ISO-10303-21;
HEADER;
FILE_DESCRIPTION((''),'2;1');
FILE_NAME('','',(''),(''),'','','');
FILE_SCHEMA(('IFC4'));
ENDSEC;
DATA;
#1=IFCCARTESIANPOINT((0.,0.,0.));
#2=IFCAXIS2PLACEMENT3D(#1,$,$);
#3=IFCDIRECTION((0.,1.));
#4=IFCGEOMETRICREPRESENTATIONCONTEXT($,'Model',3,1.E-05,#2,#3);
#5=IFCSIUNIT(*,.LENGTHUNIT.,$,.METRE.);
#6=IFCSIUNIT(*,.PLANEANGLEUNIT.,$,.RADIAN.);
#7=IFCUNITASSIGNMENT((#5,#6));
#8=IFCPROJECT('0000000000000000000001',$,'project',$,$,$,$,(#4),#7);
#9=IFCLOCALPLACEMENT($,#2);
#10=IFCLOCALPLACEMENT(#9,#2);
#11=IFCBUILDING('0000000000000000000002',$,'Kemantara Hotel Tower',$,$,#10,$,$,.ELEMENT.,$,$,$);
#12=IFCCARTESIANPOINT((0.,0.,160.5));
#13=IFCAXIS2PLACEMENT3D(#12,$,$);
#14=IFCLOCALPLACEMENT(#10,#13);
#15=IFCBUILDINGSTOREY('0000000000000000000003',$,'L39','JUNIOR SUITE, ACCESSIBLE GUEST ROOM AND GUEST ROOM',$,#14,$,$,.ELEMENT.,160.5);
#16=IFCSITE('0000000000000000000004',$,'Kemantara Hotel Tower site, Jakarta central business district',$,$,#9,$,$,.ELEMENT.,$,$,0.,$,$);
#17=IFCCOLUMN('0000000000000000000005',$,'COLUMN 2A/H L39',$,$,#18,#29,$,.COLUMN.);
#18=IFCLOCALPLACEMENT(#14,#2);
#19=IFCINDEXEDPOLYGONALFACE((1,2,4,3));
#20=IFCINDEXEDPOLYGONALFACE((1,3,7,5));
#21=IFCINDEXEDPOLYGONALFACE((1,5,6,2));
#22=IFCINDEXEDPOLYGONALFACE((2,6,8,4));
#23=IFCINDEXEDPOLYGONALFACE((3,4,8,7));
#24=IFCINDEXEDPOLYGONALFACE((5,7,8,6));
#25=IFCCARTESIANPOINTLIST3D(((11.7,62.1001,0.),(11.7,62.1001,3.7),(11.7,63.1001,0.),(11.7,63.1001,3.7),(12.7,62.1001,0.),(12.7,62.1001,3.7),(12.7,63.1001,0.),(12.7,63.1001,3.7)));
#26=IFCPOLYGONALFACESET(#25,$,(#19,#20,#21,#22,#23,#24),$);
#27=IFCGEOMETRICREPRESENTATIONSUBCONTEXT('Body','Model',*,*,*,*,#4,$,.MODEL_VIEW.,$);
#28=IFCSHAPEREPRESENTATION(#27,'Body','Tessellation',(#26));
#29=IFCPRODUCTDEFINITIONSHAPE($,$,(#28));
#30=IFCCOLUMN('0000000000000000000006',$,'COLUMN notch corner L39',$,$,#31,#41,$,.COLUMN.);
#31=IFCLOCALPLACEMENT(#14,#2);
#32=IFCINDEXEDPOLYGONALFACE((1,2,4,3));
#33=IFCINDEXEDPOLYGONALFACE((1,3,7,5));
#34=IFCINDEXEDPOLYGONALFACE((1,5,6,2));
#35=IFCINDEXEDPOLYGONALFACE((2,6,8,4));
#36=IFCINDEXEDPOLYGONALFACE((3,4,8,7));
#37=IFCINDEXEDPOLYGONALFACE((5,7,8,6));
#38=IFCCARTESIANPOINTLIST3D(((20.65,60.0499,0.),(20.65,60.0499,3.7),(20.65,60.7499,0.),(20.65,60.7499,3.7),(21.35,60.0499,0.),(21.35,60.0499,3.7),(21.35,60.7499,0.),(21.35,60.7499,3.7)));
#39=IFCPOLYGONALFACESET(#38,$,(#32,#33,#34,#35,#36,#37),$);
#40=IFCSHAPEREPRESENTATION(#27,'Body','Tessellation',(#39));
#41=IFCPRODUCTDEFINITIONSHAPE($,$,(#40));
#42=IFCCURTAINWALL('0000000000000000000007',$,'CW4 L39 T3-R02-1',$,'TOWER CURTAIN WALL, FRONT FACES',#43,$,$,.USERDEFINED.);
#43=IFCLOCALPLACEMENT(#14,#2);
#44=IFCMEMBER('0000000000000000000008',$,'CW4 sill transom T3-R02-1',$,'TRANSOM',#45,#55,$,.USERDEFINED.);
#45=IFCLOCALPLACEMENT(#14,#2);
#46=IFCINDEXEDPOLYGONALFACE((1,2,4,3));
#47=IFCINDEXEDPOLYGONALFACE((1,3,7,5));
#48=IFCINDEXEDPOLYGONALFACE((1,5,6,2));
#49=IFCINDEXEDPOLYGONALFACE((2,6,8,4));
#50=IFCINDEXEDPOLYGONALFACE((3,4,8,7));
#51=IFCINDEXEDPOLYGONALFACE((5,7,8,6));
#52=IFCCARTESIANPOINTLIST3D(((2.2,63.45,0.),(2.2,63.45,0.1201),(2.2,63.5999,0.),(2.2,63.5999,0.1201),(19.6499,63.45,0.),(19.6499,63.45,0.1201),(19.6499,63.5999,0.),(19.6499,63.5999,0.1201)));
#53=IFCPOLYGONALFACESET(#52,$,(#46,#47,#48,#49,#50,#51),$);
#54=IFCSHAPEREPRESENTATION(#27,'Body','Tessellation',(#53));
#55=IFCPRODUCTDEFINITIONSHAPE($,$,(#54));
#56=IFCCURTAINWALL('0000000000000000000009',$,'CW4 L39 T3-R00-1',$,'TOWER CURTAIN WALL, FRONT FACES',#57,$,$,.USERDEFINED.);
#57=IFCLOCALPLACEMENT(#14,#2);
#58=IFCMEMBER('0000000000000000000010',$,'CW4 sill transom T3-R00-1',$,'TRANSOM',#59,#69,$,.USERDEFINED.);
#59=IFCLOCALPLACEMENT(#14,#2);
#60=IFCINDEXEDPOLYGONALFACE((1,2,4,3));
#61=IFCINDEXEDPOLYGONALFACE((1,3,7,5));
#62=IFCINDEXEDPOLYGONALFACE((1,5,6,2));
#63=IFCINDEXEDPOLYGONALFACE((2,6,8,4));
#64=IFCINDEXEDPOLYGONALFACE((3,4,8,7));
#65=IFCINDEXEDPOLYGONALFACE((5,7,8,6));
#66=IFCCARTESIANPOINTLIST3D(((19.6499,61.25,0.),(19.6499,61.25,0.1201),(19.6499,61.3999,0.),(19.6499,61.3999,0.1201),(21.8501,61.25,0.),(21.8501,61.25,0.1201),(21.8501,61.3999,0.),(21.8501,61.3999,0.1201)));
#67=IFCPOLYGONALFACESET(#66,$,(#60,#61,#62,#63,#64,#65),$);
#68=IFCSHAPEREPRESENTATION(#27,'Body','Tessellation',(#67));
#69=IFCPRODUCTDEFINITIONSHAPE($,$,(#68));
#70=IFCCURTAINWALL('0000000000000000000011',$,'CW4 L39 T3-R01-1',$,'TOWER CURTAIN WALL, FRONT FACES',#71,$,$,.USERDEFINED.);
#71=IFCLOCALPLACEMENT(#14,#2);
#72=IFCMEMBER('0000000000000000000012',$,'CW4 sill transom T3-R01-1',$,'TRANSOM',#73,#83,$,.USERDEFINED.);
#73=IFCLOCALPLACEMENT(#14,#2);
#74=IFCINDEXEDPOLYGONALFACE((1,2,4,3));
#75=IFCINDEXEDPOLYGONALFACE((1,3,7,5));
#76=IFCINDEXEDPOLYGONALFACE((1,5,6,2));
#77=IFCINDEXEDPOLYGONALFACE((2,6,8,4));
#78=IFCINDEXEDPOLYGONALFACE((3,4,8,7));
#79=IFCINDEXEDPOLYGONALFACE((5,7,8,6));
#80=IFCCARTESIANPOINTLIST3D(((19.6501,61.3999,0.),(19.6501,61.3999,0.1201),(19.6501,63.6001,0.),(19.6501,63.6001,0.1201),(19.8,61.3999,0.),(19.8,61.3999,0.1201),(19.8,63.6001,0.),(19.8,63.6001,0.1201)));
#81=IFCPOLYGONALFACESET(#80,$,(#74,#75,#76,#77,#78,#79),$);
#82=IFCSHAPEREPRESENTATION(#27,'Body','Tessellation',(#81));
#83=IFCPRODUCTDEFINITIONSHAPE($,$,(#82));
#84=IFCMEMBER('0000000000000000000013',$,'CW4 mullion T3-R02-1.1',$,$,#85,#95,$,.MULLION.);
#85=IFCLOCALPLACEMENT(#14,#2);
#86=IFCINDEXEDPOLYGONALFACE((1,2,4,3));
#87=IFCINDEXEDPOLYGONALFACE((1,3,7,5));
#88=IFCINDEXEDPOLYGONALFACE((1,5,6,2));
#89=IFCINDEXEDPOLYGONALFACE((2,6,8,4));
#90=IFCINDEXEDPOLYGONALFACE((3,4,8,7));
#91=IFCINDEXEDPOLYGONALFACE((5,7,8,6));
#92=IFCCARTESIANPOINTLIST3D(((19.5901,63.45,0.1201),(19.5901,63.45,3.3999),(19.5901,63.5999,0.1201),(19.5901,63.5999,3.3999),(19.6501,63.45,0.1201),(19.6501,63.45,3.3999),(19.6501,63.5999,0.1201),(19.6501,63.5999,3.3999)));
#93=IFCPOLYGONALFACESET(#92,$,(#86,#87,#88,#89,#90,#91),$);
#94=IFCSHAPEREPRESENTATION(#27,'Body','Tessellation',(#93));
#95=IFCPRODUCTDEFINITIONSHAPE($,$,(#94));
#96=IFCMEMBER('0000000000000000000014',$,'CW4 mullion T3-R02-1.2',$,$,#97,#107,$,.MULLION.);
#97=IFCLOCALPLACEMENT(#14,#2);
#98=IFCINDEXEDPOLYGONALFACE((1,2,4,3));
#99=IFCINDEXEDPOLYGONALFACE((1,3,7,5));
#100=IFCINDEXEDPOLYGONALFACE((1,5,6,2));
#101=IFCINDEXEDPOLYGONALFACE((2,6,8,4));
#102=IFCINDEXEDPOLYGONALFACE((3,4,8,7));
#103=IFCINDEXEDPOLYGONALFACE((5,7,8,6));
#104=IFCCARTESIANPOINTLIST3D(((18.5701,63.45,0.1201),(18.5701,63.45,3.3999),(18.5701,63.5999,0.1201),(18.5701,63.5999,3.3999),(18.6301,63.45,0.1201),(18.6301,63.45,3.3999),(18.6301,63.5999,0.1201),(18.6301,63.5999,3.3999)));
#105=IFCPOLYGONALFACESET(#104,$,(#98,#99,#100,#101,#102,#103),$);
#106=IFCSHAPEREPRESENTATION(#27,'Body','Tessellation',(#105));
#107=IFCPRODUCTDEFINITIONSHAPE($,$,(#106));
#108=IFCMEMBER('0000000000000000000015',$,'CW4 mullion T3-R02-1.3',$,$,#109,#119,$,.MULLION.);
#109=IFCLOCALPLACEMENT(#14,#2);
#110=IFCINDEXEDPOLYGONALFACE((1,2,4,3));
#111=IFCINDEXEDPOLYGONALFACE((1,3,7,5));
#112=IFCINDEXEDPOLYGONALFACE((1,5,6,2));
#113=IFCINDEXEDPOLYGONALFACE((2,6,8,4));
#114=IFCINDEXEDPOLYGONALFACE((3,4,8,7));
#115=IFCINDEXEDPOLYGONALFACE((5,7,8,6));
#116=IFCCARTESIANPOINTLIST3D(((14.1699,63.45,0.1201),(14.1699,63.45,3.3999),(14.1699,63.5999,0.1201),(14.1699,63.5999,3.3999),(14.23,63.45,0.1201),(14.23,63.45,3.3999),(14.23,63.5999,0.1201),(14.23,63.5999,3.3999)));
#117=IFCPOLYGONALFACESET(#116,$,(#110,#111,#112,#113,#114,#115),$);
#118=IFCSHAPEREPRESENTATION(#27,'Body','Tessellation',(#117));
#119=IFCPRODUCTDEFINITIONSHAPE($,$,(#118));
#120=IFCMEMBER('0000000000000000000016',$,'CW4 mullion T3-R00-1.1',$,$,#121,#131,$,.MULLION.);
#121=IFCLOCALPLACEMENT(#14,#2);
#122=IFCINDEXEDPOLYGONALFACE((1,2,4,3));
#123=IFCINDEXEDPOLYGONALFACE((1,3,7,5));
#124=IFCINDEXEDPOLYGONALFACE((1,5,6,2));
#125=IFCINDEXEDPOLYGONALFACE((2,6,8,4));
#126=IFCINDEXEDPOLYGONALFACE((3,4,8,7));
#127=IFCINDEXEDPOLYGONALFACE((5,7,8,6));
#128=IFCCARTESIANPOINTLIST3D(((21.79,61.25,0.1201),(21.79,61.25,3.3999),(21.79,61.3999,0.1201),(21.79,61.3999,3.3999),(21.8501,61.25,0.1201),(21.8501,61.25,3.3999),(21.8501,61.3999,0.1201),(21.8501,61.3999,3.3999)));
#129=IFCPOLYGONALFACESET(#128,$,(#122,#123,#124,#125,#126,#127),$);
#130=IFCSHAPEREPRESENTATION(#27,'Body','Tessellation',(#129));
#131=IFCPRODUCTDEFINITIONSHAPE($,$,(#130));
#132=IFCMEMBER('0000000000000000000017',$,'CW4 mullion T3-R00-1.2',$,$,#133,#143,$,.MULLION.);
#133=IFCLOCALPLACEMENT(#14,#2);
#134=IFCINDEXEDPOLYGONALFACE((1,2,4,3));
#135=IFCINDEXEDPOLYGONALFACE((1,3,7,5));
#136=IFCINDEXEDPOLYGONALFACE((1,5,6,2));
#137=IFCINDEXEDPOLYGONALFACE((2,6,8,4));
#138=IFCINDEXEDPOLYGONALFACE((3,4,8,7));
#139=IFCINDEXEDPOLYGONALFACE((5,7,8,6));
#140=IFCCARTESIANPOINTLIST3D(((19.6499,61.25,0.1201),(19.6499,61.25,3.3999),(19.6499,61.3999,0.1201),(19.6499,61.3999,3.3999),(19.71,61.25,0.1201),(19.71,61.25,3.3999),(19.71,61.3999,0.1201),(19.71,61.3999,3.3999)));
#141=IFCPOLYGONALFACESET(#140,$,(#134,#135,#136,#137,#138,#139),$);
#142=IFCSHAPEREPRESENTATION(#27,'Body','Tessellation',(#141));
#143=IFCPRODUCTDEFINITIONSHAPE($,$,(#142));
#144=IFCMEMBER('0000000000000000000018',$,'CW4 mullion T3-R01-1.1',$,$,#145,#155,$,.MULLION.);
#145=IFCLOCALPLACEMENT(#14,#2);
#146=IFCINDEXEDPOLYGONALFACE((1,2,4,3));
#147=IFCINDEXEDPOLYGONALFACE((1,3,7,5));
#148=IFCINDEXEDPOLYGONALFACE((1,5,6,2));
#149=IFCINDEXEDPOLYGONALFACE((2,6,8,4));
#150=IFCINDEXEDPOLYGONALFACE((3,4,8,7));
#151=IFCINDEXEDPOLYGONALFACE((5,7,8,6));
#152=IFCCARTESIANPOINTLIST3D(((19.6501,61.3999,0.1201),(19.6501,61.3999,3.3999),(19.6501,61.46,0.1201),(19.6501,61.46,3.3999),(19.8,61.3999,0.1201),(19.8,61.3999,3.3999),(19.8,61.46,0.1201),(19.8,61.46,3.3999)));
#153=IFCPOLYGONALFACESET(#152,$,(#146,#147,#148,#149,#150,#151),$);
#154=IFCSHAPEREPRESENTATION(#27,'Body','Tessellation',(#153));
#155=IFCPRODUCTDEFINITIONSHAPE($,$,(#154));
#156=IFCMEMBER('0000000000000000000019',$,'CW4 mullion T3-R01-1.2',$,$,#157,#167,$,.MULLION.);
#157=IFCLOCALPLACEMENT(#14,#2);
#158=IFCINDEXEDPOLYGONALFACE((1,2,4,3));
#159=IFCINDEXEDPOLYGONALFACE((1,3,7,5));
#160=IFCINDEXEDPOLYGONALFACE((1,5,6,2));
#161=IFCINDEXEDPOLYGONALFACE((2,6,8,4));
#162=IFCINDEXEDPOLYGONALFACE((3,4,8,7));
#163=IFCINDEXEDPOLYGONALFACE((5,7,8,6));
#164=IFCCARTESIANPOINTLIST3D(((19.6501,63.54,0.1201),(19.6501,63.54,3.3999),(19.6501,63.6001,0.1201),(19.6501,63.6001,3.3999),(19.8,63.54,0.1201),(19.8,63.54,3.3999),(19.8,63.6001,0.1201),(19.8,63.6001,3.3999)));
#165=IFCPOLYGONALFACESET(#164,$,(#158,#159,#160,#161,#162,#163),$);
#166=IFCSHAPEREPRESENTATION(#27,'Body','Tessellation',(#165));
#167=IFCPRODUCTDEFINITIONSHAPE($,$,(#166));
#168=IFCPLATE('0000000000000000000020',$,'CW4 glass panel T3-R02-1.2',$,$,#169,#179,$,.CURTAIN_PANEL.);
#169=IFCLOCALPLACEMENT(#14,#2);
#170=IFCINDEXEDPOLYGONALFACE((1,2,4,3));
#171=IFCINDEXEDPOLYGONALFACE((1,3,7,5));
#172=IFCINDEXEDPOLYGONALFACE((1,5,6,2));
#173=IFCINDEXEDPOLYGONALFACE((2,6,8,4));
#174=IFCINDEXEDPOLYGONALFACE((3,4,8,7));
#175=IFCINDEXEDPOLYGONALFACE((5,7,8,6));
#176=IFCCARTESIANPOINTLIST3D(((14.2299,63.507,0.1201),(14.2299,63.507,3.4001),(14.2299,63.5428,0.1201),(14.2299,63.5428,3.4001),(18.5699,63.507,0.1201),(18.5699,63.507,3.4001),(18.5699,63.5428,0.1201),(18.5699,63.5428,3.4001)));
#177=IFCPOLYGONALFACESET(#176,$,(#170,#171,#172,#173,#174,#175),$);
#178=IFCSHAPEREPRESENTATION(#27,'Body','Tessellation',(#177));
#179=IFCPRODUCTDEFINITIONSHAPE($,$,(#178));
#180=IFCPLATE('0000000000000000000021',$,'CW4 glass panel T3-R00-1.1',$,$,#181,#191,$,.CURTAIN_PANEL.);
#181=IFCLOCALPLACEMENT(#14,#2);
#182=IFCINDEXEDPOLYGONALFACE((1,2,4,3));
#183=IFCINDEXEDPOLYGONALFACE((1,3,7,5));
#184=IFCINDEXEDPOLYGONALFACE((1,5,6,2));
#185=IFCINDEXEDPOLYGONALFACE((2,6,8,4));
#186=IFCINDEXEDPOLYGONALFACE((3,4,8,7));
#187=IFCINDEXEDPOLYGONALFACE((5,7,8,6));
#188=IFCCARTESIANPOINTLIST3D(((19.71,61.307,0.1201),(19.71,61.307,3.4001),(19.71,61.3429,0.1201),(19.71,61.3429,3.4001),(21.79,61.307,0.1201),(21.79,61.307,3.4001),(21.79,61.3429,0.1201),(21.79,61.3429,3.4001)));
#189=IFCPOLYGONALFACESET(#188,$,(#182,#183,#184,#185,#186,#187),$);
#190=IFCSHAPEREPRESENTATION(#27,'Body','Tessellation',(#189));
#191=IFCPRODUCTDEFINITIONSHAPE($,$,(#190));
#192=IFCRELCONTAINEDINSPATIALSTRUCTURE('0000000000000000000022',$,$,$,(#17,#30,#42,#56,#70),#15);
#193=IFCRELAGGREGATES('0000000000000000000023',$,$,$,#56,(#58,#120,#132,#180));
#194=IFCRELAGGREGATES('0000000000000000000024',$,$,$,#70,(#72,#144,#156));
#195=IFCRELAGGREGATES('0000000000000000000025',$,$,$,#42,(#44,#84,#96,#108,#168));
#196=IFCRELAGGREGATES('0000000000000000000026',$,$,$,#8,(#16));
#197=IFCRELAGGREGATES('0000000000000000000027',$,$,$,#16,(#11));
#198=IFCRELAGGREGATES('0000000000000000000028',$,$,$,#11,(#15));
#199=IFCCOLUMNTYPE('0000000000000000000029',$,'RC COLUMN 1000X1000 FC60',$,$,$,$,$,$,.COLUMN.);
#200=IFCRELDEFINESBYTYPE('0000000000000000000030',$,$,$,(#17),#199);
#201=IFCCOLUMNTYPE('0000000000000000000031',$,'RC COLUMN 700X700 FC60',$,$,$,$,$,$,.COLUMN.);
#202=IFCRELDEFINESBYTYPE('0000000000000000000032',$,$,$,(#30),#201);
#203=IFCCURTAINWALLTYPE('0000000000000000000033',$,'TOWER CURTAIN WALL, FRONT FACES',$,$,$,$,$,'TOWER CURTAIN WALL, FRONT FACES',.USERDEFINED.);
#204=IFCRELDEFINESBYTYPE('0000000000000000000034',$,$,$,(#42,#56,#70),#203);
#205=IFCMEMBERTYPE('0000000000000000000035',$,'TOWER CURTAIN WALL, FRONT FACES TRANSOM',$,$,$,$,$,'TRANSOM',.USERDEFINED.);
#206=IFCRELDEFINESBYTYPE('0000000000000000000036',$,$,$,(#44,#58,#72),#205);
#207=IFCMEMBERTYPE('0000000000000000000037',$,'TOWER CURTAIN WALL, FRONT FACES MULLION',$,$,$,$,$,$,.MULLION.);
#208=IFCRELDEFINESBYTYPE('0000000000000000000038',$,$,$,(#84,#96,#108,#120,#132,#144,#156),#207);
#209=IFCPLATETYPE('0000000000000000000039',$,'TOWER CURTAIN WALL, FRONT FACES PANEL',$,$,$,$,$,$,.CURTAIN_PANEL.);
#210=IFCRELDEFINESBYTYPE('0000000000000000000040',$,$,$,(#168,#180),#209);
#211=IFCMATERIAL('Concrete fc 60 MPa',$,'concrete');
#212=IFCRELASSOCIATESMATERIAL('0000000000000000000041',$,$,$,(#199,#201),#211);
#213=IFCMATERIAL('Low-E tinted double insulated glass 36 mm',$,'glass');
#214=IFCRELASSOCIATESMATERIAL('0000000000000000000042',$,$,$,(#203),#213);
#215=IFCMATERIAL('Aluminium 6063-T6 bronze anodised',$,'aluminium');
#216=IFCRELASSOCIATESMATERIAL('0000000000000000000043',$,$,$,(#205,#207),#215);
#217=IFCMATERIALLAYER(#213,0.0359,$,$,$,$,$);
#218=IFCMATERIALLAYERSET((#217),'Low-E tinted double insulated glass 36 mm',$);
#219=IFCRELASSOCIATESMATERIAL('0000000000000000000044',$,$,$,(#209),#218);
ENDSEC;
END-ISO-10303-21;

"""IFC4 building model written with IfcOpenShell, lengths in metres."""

from ifc_helpers import new_model, si_unit, direction, frame, origin, origin_2d, place, context, subcontext, project, spatial, rectangle, extrude, source, transform, mapped, material, layer, layer_set, material_profile, profile_set, type_object, element, aggregate, save


model = new_model("IFC4")

# Units and contexts
model_context = context("Model", 3, precision=1e-05, world=origin(), true_north=direction((0.0, 1.0)))
body_context = subcontext(model_context, "Body", "Model", "MODEL_VIEW")
ifc_project = project(units=[si_unit("LENGTHUNIT", "METRE"), si_unit("PLANEANGLEUNIT", "RADIAN")], contexts=[model_context])

# Site, building, storey
site_placement = place(None, origin())
site = spatial("IfcSite", under=ifc_project, at=site_placement, Name="Kemantara Hotel Tower site, Jakarta central business district", CompositionType="ELEMENT", RefElevation=0.0)
building_placement = place(site_placement, origin())
building = spatial("IfcBuilding", under=site, at=building_placement, Name="Kemantara Hotel Tower", CompositionType="ELEMENT")
storey_placement = place(building_placement, frame((0.0, 0.0, 160.5)))
storey = spatial("IfcBuildingStorey", under=building, at=storey_placement, Name="L39", Description="JUNIOR SUITE, ACCESSIBLE GUEST ROOM AND GUEST ROOM", CompositionType="ELEMENT", Elevation=160.5)

# Columns
ifc_material_1 = material(Name="Concrete fc 60 MPa", Category="concrete")
ifc_material_profile_1 = material_profile(ifc_material_1, rectangle(XDim=1.0, YDim=1.0, at=origin_2d()), Name="RC 1000X1000")
ifc_profile_set_1 = profile_set([ifc_material_profile_1], Name="Concrete fc 60 MPa")
column_type_1 = type_object("IfcColumnType", Name="RC COLUMN 1000X1000 FC60", PredefinedType="COLUMN", material=ifc_profile_set_1)
column_1_placement = place(storey_placement, frame((12.2, 62.6001, 0.0), z_axis=(0.0, 0.0, 1.0), x_axis=(1.0, 0.0, 0.0)))
element("IfcColumn", 1, at=column_1_placement, inside=storey, type_object=column_type_1, Name="COLUMN 2A/H L39", PredefinedType="COLUMN", context=body_context, shape_type="SweptSolid", body=[
    extrude(rectangle(XDim=1.0, YDim=1.0, at=origin_2d()), origin(), (0.0, 0.0, 1.0), 3.7),
])
ifc_material_profile_2 = material_profile(ifc_material_1, rectangle(XDim=0.7, YDim=0.7, at=origin_2d()), Name="RC 700X700")
ifc_profile_set_2 = profile_set([ifc_material_profile_2], Name="Concrete fc 60 MPa")
column_type_2 = type_object("IfcColumnType", Name="RC COLUMN 700X700 FC60", PredefinedType="COLUMN", material=ifc_profile_set_2)
column_2_placement = place(storey_placement, frame((21.0, 60.3999, 0.0), z_axis=(0.0, 0.0, 1.0), x_axis=(1.0, 0.0, 0.0)))
element("IfcColumn", 2, at=column_2_placement, inside=storey, type_object=column_type_2, Name="COLUMN notch corner L39", PredefinedType="COLUMN", context=body_context, shape_type="SweptSolid", body=[
    extrude(rectangle(XDim=0.7, YDim=0.7, at=origin_2d()), origin(), (0.0, 0.0, 1.0), 3.7),
])

# Curtain walls, members
ifc_material_2 = material(Name="Low-E tinted double insulated glass 36 mm", Category="glass")
curtain_wall_type = type_object("IfcCurtainWallType", Name="TOWER CURTAIN WALL, FRONT FACES", ElementType="TOWER CURTAIN WALL, FRONT FACES", PredefinedType="USERDEFINED", material=ifc_material_2)
curtain_wall_1_placement = place(storey_placement, origin())
curtain_wall_1 = element("IfcCurtainWall", 3, at=curtain_wall_1_placement, inside=storey, type_object=curtain_wall_type, Name="CW4 L39 T3-R02-1", ObjectType="TOWER CURTAIN WALL, FRONT FACES", PredefinedType="USERDEFINED")
ifc_material_3 = material(Name="Aluminium 6063-T6 bronze anodised", Category="aluminium")
ifc_material_profile_3 = material_profile(ifc_material_3, rectangle(XDim=0.1499, YDim=0.1201, at=origin_2d()), Name="TOWER CURTAIN WALL, FRONT FACES TRANSOM")
ifc_profile_set_3 = profile_set([ifc_material_profile_3], Name="Aluminium 6063-T6 bronze anodised")
member_type_1 = type_object("IfcMemberType", Name="TOWER CURTAIN WALL, FRONT FACES TRANSOM", ElementType="TRANSOM", PredefinedType="USERDEFINED", material=ifc_profile_set_3)
member_1_placement = place(storey_placement, frame((19.6499, 63.5249, 0.0601), z_axis=(-1.0, 0.0, 0.0), x_axis=(0.0, -1.0, 0.0)))
member_1 = element("IfcMember", 4, at=member_1_placement, type_object=member_type_1, Name="CW4 sill transom T3-R02-1", ObjectType="TRANSOM", PredefinedType="USERDEFINED", context=body_context, shape_type="SweptSolid", body=[
    extrude(rectangle(XDim=0.1499, YDim=0.1201, at=origin_2d()), origin(), (0.0, 0.0, 1.0), 17.45),
])
curtain_wall_2_placement = place(storey_placement, origin())
curtain_wall_2 = element("IfcCurtainWall", 5, at=curtain_wall_2_placement, inside=storey, type_object=curtain_wall_type, Name="CW4 L39 T3-R00-1", ObjectType="TOWER CURTAIN WALL, FRONT FACES", PredefinedType="USERDEFINED")
member_2_placement = place(storey_placement, frame((21.8501, 61.325, 0.0601), z_axis=(-1.0, 0.0, 0.0), x_axis=(0.0, -1.0, 0.0)))
member_2 = element("IfcMember", 6, at=member_2_placement, type_object=member_type_1, Name="CW4 sill transom T3-R00-1", ObjectType="TRANSOM", PredefinedType="USERDEFINED", context=body_context, shape_type="SweptSolid", body=[
    extrude(rectangle(XDim=0.1499, YDim=0.1201, at=origin_2d()), origin(), (0.0, 0.0, 1.0), 2.2002),
])
curtain_wall_3_placement = place(storey_placement, origin())
curtain_wall_3 = element("IfcCurtainWall", 7, at=curtain_wall_3_placement, inside=storey, type_object=curtain_wall_type, Name="CW4 L39 T3-R01-1", ObjectType="TOWER CURTAIN WALL, FRONT FACES", PredefinedType="USERDEFINED")
member_3_placement = place(storey_placement, frame((19.7251, 61.3999, 0.0601), z_axis=(0.0, 1.0, 0.0), x_axis=(-1.0, 0.0, 0.0)))
member_3 = element("IfcMember", 8, at=member_3_placement, type_object=member_type_1, Name="CW4 sill transom T3-R01-1", ObjectType="TRANSOM", PredefinedType="USERDEFINED", context=body_context, shape_type="SweptSolid", body=[
    extrude(rectangle(XDim=0.1499, YDim=0.1201, at=origin_2d()), origin(), (0.0, 0.0, 1.0), 2.2002),
])

# Members
ifc_material_profile_4 = material_profile(ifc_material_3, rectangle(XDim=0.1499, YDim=0.0601, at=origin_2d()), Name="TOWER CURTAIN WALL, FRONT FACES MULLION")
ifc_profile_set_4 = profile_set([ifc_material_profile_4], Name="Aluminium 6063-T6 bronze anodised")
member_type_2 = type_object("IfcMemberType", Name="TOWER CURTAIN WALL, FRONT FACES MULLION", PredefinedType="MULLION", material=ifc_profile_set_4)
shared_shape_1 = source(origin(), body_context, "Body", "SweptSolid", [
    extrude(rectangle(XDim=0.1499, YDim=0.0601, at=origin_2d()), origin(), (0.0, 0.0, 1.0), 3.2798),
])
member_4_placement = place(storey_placement, frame((19.6201, 63.5249, 0.1201), z_axis=(0.0, 0.0, 1.0), x_axis=(0.0, -1.0, 0.0)))
member_4 = element("IfcMember", 9, at=member_4_placement, type_object=member_type_2, Name="CW4 mullion T3-R02-1.1", PredefinedType="MULLION", context=body_context, shape_type="MappedRepresentation", body=[
    mapped(shared_shape_1, transform((0.0, 0.0, 0.0))),
])
member_5_placement = place(storey_placement, frame((18.6001, 63.5249, 0.1201), z_axis=(0.0, 0.0, 1.0), x_axis=(0.0, -1.0, 0.0)))
member_5 = element("IfcMember", 10, at=member_5_placement, type_object=member_type_2, Name="CW4 mullion T3-R02-1.2", PredefinedType="MULLION", context=body_context, shape_type="MappedRepresentation", body=[
    mapped(shared_shape_1, transform((0.0, 0.0, 0.0))),
])
member_6_placement = place(storey_placement, frame((14.2, 63.5249, 0.1201), z_axis=(0.0, 0.0, 1.0), x_axis=(0.0, -1.0, 0.0)))
member_6 = element("IfcMember", 11, at=member_6_placement, type_object=member_type_2, Name="CW4 mullion T3-R02-1.3", PredefinedType="MULLION", context=body_context, shape_type="MappedRepresentation", body=[
    mapped(shared_shape_1, transform((0.0, 0.0, 0.0))),
])
member_7_placement = place(storey_placement, frame((21.8201, 61.325, 0.1201), z_axis=(0.0, 0.0, 1.0), x_axis=(0.0, -1.0, 0.0)))
member_7 = element("IfcMember", 12, at=member_7_placement, type_object=member_type_2, Name="CW4 mullion T3-R00-1.1", PredefinedType="MULLION", context=body_context, shape_type="MappedRepresentation", body=[
    mapped(shared_shape_1, transform((0.0, 0.0, 0.0))),
])
member_8_placement = place(storey_placement, frame((19.6799, 61.325, 0.1201), z_axis=(0.0, 0.0, 1.0), x_axis=(0.0, -1.0, 0.0)))
member_8 = element("IfcMember", 13, at=member_8_placement, type_object=member_type_2, Name="CW4 mullion T3-R00-1.2", PredefinedType="MULLION", context=body_context, shape_type="MappedRepresentation", body=[
    mapped(shared_shape_1, transform((0.0, 0.0, 0.0))),
])
member_9_placement = place(storey_placement, frame((19.7251, 61.4299, 0.1201), z_axis=(0.0, 0.0, 1.0), x_axis=(-1.0, 0.0, 0.0)))
member_9 = element("IfcMember", 14, at=member_9_placement, type_object=member_type_2, Name="CW4 mullion T3-R01-1.1", PredefinedType="MULLION", context=body_context, shape_type="MappedRepresentation", body=[
    mapped(shared_shape_1, transform((0.0, 0.0, 0.0))),
])
member_10_placement = place(storey_placement, frame((19.7251, 63.5701, 0.1201), z_axis=(0.0, 0.0, 1.0), x_axis=(-1.0, 0.0, 0.0)))
member_10 = element("IfcMember", 15, at=member_10_placement, type_object=member_type_2, Name="CW4 mullion T3-R01-1.2", PredefinedType="MULLION", context=body_context, shape_type="MappedRepresentation", body=[
    mapped(shared_shape_1, transform((0.0, 0.0, 0.0))),
])

# Plates
ifc_layer_1 = layer(ifc_material_2, 0.0359)
ifc_layer_set_1 = layer_set([ifc_layer_1], Name="Low-E tinted double insulated glass 36 mm")
plate_type = type_object("IfcPlateType", Name="TOWER CURTAIN WALL, FRONT FACES PANEL", PredefinedType="CURTAIN_PANEL", material=ifc_layer_set_1)
shared_shape_2 = source(origin(), body_context, "Body", "SweptSolid", [
    extrude(rectangle(XDim=4.3401, YDim=0.0359, at=origin_2d()), origin(), (0.0, 0.0, 1.0), 3.28),
])
plate_1_placement = place(storey_placement, frame((16.3999, 63.5249, 0.1201), z_axis=(0.0, 0.0, 1.0), x_axis=(-1.0, 0.0, 0.0)))
plate_1 = element("IfcPlate", 16, at=plate_1_placement, type_object=plate_type, Name="CW4 glass panel T3-R02-1.2", PredefinedType="CURTAIN_PANEL", context=body_context, shape_type="MappedRepresentation", body=[
    mapped(shared_shape_2, transform((0.0, 0.0, 0.0))),
])
shared_shape_3 = source(origin(), body_context, "Body", "SweptSolid", [
    extrude(rectangle(XDim=2.0801, YDim=0.0359, at=origin_2d()), origin(), (0.0, 0.0, 1.0), 3.28),
])
plate_2_placement = place(storey_placement, frame((20.75, 61.325, 0.1201), z_axis=(0.0, 0.0, 1.0), x_axis=(-1.0, 0.0, 0.0)))
plate_2 = element("IfcPlate", 17, at=plate_2_placement, type_object=plate_type, Name="CW4 glass panel T3-R00-1.1", PredefinedType="CURTAIN_PANEL", context=body_context, shape_type="MappedRepresentation", body=[
    mapped(shared_shape_3, transform((0.0, 0.0, 0.0))),
])
aggregate(curtain_wall_2, [member_2, member_7, member_8, plate_2])
aggregate(curtain_wall_3, [member_3, member_9, member_10])
aggregate(curtain_wall_1, [member_1, member_4, member_5, member_6, plate_1])

save(model, "model.ifc")
